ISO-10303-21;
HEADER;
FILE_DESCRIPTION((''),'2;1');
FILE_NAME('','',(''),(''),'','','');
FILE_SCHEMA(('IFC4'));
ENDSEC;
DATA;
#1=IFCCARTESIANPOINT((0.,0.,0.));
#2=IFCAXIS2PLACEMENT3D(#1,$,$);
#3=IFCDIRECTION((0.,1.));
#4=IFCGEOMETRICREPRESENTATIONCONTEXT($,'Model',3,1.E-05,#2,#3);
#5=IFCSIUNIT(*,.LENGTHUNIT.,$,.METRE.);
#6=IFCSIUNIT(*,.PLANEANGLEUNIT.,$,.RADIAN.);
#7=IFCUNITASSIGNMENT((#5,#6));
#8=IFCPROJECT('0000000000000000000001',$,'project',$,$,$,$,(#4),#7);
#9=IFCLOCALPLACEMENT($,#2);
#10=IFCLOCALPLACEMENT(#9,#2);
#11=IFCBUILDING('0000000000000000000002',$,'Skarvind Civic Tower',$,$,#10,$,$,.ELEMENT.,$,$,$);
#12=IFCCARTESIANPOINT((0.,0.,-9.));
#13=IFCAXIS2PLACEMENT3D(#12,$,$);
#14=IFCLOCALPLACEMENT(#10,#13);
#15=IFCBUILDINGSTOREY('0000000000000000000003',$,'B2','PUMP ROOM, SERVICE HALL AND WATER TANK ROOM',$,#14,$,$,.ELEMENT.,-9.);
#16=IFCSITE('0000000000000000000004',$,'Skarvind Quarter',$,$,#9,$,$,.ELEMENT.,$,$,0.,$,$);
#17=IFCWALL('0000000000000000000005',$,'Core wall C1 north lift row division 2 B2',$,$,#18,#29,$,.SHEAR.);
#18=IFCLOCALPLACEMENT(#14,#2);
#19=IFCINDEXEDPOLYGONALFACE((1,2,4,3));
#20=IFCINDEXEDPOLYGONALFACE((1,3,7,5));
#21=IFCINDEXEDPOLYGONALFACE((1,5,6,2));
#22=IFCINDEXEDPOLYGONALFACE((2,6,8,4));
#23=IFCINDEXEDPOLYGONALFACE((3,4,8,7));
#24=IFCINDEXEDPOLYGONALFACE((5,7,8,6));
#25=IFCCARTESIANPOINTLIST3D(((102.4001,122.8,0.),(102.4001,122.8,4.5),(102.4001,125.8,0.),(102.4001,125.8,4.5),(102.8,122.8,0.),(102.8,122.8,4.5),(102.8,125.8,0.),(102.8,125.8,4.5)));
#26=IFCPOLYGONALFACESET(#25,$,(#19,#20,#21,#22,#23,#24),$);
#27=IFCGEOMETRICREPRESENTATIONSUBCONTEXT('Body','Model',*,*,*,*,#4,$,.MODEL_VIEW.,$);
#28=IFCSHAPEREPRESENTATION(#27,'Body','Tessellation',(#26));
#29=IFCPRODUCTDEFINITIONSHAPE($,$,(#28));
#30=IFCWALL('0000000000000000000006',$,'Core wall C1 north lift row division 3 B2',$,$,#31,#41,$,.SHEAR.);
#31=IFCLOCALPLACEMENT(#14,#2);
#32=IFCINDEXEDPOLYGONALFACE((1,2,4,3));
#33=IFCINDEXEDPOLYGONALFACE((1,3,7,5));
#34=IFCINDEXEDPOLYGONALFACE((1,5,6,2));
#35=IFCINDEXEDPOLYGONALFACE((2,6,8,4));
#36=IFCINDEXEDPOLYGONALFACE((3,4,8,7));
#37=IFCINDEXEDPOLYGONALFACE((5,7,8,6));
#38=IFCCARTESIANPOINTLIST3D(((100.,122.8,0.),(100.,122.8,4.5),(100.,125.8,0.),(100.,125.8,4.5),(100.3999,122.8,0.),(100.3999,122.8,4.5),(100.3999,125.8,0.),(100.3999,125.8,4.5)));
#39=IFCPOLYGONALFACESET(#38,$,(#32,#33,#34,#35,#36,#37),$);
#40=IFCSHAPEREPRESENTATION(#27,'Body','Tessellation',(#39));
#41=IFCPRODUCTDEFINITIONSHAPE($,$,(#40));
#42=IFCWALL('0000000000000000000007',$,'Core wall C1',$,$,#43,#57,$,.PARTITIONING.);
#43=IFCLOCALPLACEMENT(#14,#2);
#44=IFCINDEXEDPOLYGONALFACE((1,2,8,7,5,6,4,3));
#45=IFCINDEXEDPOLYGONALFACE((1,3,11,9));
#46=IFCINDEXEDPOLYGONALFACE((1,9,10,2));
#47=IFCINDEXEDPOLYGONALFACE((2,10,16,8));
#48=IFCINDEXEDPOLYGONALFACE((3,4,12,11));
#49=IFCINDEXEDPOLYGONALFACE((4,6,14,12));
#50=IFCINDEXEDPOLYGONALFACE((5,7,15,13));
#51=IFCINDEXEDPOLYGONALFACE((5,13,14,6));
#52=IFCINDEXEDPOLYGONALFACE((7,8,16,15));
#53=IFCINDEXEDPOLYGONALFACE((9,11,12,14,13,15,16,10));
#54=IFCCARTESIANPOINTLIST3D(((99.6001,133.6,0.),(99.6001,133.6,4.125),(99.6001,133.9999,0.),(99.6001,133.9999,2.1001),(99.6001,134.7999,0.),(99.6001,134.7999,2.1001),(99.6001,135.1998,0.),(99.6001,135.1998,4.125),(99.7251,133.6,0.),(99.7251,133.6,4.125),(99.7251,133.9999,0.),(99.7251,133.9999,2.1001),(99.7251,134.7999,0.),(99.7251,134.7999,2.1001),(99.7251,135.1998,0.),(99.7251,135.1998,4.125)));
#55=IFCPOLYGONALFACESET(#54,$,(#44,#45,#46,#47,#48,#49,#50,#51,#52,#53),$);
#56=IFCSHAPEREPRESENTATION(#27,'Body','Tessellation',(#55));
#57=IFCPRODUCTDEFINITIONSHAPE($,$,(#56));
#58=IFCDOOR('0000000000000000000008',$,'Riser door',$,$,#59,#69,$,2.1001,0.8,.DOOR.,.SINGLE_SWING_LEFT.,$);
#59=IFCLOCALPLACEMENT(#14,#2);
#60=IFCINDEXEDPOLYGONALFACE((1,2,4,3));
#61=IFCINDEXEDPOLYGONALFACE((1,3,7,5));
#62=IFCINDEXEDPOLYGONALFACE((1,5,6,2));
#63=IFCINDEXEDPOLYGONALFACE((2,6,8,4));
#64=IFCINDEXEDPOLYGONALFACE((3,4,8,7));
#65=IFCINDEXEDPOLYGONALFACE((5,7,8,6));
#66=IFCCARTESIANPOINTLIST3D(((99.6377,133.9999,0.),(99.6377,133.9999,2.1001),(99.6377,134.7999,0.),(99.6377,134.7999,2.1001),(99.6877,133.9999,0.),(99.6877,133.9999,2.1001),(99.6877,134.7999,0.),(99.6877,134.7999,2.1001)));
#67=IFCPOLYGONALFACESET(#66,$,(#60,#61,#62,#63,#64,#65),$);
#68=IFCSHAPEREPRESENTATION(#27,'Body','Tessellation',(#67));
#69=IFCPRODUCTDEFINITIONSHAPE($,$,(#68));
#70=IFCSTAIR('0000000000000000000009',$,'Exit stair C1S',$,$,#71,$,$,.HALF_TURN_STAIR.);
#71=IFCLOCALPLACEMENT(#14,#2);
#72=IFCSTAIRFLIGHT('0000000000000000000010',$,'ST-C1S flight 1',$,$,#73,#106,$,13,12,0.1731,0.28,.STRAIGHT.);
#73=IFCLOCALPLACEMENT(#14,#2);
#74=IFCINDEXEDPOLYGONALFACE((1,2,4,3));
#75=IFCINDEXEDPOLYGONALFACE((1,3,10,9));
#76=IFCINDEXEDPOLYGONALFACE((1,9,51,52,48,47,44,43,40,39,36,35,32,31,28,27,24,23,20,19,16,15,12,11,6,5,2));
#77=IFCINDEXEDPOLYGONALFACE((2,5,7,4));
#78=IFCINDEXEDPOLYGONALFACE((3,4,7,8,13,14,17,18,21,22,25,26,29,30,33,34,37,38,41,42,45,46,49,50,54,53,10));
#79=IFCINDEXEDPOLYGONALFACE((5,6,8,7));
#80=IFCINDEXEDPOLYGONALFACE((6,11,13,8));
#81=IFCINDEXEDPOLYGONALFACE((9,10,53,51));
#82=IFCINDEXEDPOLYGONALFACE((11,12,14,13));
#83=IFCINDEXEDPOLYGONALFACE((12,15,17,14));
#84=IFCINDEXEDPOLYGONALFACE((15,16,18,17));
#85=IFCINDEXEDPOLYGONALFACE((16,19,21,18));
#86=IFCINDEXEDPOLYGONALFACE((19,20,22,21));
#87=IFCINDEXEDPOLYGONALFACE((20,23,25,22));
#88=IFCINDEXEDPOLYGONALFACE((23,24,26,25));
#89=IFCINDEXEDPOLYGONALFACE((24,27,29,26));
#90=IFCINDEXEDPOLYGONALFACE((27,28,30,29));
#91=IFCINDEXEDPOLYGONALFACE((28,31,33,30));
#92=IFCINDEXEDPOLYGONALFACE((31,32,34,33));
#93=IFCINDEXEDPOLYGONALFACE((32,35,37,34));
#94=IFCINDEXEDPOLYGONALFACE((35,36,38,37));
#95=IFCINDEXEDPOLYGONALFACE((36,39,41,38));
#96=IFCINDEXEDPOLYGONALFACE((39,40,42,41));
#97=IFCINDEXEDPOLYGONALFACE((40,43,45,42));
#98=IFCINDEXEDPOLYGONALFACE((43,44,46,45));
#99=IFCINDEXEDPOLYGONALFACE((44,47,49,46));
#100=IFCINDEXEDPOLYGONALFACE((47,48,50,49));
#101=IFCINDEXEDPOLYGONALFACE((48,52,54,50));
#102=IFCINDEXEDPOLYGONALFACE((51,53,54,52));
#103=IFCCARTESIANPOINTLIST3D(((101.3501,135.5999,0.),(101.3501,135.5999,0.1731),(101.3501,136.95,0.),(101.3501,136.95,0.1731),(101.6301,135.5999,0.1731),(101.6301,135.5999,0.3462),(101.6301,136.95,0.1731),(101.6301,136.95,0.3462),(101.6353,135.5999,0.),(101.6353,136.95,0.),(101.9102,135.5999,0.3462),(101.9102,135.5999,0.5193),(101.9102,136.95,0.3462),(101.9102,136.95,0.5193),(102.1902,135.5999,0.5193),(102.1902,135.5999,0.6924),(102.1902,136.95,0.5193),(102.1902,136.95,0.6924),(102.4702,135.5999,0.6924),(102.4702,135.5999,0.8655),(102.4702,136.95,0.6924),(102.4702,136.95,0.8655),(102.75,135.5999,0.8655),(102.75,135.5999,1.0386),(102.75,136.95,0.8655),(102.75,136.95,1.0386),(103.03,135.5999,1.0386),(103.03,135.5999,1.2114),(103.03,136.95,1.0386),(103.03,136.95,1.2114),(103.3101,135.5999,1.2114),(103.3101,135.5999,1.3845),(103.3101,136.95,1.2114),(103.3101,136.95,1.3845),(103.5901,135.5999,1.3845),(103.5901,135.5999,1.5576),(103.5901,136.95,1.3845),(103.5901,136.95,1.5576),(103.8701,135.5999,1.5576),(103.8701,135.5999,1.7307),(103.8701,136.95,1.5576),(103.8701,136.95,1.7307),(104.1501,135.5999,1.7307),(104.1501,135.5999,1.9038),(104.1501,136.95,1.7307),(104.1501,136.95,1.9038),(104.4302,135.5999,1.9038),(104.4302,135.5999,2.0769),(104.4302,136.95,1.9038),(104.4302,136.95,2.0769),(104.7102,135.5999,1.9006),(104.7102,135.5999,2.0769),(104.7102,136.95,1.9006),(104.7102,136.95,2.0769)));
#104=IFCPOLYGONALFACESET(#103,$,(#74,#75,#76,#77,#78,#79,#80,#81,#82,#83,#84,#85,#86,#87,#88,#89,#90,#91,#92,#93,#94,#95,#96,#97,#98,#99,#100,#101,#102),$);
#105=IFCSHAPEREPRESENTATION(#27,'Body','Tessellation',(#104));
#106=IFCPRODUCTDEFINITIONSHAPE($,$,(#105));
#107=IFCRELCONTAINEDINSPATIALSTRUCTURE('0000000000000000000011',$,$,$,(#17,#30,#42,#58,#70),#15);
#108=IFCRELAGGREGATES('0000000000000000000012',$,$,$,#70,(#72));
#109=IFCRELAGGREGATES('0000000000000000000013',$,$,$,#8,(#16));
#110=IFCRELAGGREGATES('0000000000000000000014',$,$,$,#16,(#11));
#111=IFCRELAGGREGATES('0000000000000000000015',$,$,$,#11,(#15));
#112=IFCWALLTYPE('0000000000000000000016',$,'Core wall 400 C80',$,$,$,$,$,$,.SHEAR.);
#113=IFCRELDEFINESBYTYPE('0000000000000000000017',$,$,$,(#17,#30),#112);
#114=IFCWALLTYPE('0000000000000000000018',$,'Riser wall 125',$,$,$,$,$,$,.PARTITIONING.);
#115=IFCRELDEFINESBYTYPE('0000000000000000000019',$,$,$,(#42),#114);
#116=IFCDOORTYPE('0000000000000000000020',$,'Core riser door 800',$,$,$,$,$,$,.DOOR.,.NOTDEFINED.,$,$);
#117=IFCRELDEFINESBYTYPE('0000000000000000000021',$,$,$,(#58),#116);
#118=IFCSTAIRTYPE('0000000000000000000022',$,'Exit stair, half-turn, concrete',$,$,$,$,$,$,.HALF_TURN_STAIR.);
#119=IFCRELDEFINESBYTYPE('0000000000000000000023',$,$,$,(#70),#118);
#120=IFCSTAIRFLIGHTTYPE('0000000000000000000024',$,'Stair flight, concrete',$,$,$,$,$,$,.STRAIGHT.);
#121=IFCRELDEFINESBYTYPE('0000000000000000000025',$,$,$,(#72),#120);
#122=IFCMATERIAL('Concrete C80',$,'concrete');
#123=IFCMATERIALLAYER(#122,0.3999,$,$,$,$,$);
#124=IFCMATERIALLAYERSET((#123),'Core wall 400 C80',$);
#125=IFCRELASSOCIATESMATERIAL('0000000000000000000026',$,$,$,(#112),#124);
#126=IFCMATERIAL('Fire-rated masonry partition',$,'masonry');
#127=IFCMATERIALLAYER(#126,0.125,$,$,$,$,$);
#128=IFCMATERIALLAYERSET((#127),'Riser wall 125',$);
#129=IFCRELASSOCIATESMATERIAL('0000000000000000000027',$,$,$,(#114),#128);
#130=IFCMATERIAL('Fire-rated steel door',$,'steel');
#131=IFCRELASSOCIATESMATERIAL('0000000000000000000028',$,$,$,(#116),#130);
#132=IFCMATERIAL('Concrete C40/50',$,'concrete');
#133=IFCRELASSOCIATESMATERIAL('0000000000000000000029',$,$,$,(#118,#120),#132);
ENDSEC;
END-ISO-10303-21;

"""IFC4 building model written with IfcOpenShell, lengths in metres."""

from ifc_helpers import new_model, si_unit, direction, frame, frame_2d, origin, place, context, subcontext, project, spatial, polyline, rectangle, outline, extrude, material, layer, layer_set, type_object, element, fill, aggregate, save


model = new_model("IFC4")

# Units and contexts
model_context = context("Model", 3, precision=1e-05, world=origin(), true_north=direction((0.0, 1.0)))
body_context = subcontext(model_context, "Body", "Model", "MODEL_VIEW")
ifc_project = project(units=[si_unit("LENGTHUNIT", "METRE"), si_unit("PLANEANGLEUNIT", "RADIAN")], contexts=[model_context])

# Site, building, storey
site_placement = place(None, origin())
site = spatial("IfcSite", under=ifc_project, at=site_placement, Name="Skarvind Quarter", CompositionType="ELEMENT", RefElevation=0.0)
building_placement = place(site_placement, origin())
building = spatial("IfcBuilding", under=site, at=building_placement, Name="Skarvind Civic Tower", CompositionType="ELEMENT")
storey_placement = place(building_placement, frame((0.0, 0.0, -9.0)))
storey = spatial("IfcBuildingStorey", under=building, at=storey_placement, Name="B2", Description="PUMP ROOM, SERVICE HALL AND WATER TANK ROOM", CompositionType="ELEMENT", Elevation=-9.0)

# Walls
ifc_material_1 = material(Name="Concrete C80", Category="concrete")
ifc_layer_1 = layer(ifc_material_1, 0.3999)
ifc_layer_set_1 = layer_set([ifc_layer_1], Name="Core wall 400 C80")
wall_type_1 = type_object("IfcWallType", Name="Core wall 400 C80", PredefinedType="SHEAR", material=ifc_layer_set_1)
for number, where, z_axis, x_axis, name in (
    (1, (102.6001, 125.8, 0.0), (0.0, 0.0, 1.0), (0.0, -1.0, 0.0), "Core wall C1 north lift row division 2 B2"),
    (2, (100.2, 125.8, 0.0), (0.0, 0.0, 1.0), (0.0, -1.0, 0.0), "Core wall C1 north lift row division 3 B2"),
):
    element("IfcWall", number, at=place(storey_placement, frame(where, z_axis=z_axis, x_axis=x_axis)), inside=storey, type_object=wall_type_1, Name=name, PredefinedType="SHEAR", context=body_context, shape_type="SweptSolid", body=[
        extrude(rectangle(XDim=3.0, YDim=0.3999, at=frame_2d((1.5, 0.0))), origin(), (0.0, 0.0, 1.0), 4.5),
    ])

# Wall, opening, door
ifc_material_2 = material(Name="Fire-rated masonry partition", Category="masonry")
ifc_layer_2 = layer(ifc_material_2, 0.125)
ifc_layer_set_2 = layer_set([ifc_layer_2], Name="Riser wall 125")
wall_type_2 = type_object("IfcWallType", Name="Riser wall 125", PredefinedType="PARTITIONING", material=ifc_layer_set_2)
wall_placement = place(storey_placement, frame((99.6626, 133.6001, 0.0), z_axis=(0.0, 0.0, 1.0), x_axis=(0.0, 1.0, 0.0)))
wall = element("IfcWall", 3, at=wall_placement, inside=storey, type_object=wall_type_2, Name="Core wall C1", PredefinedType="PARTITIONING", context=body_context, shape_type="SweptSolid", body=[
    extrude(rectangle(XDim=1.5999, YDim=0.125, at=frame_2d((0.7998, 0.0))), origin(), (0.0, 0.0, 1.0), 4.125),
])
opening_placement = place(wall_placement, frame((0.3999, 0.0, 0.0)))
opening = element("IfcOpeningElement", 4, at=opening_placement, cuts=wall, PredefinedType="OPENING", context=body_context, shape_type="SweptSolid", body=[
    extrude(rectangle(XDim=0.8, YDim=2.1001, at=frame_2d((0.3999, 1.05))), frame((0.0, 0.0725, 0.0), z_axis=(0.0, -1.0, 0.0), x_axis=(1.0, 0.0, 0.0)), (0.0, 0.0, 1.0), 0.145),
])
ifc_material_3 = material(Name="Fire-rated steel door", Category="steel")
door_type = type_object("IfcDoorType", Name="Core riser door 800", OperationType="NOTDEFINED", PredefinedType="DOOR", material=ifc_material_3)
door_placement = place(opening_placement, origin())
door = element("IfcDoor", 5, at=door_placement, inside=storey, type_object=door_type, Name="Riser door", OperationType="SINGLE_SWING_LEFT", OverallHeight=2.1001, OverallWidth=0.8, PredefinedType="DOOR", context=body_context, shape_type="SweptSolid", body=[
    extrude(rectangle(XDim=0.8, YDim=2.1001, at=frame_2d((0.3999, 1.05))), frame((0.0, 0.0249, 0.0), z_axis=(0.0, -1.0, 0.0), x_axis=(1.0, 0.0, 0.0)), (0.0, 0.0, 1.0), 0.05),
])
fill(opening, door)

# Stair, stair flight
ifc_material_4 = material(Name="Concrete C40/50", Category="concrete")
stair_type = type_object("IfcStairType", Name="Exit stair, half-turn, concrete", PredefinedType="HALF_TURN_STAIR", material=ifc_material_4)
stair_placement = place(storey_placement, origin())
stair = element("IfcStair", 6, at=stair_placement, inside=storey, type_object=stair_type, Name="Exit stair C1S", PredefinedType="HALF_TURN_STAIR")
stair_flight_type = type_object("IfcStairFlightType", Name="Stair flight, concrete", PredefinedType="STRAIGHT", material=ifc_material_4)
stair_flight_placement = place(storey_placement, frame((101.3501, 136.2749, 0.0), z_axis=(0.0, 0.0, 1.0), x_axis=(1.0, 0.0, 0.0)))
stair_flight = element("IfcStairFlight", 7, at=stair_flight_placement, type_object=stair_flight_type, Name="ST-C1S flight 1", NumberOfRisers=13, NumberOfTreads=12, PredefinedType="STRAIGHT", RiserHeight=0.1731, TreadLength=0.28, context=body_context, shape_type="SweptSolid", body=[
    extrude(outline(polyline([(0.0, 0.0), (0.0, 0.1731), (0.28, 0.1731), (0.28, 0.3462), (0.5601, 0.3462), (0.5601, 0.5193), (0.8401, 0.5193), (0.8401, 0.6924), (1.1201, 0.6924), (1.1201, 0.8655), (1.3999, 0.8655), (1.3999, 1.0386), (1.6799, 1.0386), (1.6799, 1.2114), (1.96, 1.2114), (1.96, 1.3845), (2.24, 1.3845), (2.24, 1.5576), (2.52, 1.5576), (2.52, 1.7307), (2.8, 1.7307), (2.8, 1.9038), (3.0801, 1.9038), (3.0801, 2.0769), (3.3601, 2.0769), (3.3601, 2.25), (3.3601, 1.9006), (0.2852, 0.0), (0.0, 0.0)])), frame((0.0, 0.675, 0.0), z_axis=(0.0, -1.0, 0.0), x_axis=(1.0, 0.0, 0.0)), (0.0, 0.0, 1.0), 1.3501),
])
aggregate(stair, [stair_flight])

save(model, "model.ifc")
